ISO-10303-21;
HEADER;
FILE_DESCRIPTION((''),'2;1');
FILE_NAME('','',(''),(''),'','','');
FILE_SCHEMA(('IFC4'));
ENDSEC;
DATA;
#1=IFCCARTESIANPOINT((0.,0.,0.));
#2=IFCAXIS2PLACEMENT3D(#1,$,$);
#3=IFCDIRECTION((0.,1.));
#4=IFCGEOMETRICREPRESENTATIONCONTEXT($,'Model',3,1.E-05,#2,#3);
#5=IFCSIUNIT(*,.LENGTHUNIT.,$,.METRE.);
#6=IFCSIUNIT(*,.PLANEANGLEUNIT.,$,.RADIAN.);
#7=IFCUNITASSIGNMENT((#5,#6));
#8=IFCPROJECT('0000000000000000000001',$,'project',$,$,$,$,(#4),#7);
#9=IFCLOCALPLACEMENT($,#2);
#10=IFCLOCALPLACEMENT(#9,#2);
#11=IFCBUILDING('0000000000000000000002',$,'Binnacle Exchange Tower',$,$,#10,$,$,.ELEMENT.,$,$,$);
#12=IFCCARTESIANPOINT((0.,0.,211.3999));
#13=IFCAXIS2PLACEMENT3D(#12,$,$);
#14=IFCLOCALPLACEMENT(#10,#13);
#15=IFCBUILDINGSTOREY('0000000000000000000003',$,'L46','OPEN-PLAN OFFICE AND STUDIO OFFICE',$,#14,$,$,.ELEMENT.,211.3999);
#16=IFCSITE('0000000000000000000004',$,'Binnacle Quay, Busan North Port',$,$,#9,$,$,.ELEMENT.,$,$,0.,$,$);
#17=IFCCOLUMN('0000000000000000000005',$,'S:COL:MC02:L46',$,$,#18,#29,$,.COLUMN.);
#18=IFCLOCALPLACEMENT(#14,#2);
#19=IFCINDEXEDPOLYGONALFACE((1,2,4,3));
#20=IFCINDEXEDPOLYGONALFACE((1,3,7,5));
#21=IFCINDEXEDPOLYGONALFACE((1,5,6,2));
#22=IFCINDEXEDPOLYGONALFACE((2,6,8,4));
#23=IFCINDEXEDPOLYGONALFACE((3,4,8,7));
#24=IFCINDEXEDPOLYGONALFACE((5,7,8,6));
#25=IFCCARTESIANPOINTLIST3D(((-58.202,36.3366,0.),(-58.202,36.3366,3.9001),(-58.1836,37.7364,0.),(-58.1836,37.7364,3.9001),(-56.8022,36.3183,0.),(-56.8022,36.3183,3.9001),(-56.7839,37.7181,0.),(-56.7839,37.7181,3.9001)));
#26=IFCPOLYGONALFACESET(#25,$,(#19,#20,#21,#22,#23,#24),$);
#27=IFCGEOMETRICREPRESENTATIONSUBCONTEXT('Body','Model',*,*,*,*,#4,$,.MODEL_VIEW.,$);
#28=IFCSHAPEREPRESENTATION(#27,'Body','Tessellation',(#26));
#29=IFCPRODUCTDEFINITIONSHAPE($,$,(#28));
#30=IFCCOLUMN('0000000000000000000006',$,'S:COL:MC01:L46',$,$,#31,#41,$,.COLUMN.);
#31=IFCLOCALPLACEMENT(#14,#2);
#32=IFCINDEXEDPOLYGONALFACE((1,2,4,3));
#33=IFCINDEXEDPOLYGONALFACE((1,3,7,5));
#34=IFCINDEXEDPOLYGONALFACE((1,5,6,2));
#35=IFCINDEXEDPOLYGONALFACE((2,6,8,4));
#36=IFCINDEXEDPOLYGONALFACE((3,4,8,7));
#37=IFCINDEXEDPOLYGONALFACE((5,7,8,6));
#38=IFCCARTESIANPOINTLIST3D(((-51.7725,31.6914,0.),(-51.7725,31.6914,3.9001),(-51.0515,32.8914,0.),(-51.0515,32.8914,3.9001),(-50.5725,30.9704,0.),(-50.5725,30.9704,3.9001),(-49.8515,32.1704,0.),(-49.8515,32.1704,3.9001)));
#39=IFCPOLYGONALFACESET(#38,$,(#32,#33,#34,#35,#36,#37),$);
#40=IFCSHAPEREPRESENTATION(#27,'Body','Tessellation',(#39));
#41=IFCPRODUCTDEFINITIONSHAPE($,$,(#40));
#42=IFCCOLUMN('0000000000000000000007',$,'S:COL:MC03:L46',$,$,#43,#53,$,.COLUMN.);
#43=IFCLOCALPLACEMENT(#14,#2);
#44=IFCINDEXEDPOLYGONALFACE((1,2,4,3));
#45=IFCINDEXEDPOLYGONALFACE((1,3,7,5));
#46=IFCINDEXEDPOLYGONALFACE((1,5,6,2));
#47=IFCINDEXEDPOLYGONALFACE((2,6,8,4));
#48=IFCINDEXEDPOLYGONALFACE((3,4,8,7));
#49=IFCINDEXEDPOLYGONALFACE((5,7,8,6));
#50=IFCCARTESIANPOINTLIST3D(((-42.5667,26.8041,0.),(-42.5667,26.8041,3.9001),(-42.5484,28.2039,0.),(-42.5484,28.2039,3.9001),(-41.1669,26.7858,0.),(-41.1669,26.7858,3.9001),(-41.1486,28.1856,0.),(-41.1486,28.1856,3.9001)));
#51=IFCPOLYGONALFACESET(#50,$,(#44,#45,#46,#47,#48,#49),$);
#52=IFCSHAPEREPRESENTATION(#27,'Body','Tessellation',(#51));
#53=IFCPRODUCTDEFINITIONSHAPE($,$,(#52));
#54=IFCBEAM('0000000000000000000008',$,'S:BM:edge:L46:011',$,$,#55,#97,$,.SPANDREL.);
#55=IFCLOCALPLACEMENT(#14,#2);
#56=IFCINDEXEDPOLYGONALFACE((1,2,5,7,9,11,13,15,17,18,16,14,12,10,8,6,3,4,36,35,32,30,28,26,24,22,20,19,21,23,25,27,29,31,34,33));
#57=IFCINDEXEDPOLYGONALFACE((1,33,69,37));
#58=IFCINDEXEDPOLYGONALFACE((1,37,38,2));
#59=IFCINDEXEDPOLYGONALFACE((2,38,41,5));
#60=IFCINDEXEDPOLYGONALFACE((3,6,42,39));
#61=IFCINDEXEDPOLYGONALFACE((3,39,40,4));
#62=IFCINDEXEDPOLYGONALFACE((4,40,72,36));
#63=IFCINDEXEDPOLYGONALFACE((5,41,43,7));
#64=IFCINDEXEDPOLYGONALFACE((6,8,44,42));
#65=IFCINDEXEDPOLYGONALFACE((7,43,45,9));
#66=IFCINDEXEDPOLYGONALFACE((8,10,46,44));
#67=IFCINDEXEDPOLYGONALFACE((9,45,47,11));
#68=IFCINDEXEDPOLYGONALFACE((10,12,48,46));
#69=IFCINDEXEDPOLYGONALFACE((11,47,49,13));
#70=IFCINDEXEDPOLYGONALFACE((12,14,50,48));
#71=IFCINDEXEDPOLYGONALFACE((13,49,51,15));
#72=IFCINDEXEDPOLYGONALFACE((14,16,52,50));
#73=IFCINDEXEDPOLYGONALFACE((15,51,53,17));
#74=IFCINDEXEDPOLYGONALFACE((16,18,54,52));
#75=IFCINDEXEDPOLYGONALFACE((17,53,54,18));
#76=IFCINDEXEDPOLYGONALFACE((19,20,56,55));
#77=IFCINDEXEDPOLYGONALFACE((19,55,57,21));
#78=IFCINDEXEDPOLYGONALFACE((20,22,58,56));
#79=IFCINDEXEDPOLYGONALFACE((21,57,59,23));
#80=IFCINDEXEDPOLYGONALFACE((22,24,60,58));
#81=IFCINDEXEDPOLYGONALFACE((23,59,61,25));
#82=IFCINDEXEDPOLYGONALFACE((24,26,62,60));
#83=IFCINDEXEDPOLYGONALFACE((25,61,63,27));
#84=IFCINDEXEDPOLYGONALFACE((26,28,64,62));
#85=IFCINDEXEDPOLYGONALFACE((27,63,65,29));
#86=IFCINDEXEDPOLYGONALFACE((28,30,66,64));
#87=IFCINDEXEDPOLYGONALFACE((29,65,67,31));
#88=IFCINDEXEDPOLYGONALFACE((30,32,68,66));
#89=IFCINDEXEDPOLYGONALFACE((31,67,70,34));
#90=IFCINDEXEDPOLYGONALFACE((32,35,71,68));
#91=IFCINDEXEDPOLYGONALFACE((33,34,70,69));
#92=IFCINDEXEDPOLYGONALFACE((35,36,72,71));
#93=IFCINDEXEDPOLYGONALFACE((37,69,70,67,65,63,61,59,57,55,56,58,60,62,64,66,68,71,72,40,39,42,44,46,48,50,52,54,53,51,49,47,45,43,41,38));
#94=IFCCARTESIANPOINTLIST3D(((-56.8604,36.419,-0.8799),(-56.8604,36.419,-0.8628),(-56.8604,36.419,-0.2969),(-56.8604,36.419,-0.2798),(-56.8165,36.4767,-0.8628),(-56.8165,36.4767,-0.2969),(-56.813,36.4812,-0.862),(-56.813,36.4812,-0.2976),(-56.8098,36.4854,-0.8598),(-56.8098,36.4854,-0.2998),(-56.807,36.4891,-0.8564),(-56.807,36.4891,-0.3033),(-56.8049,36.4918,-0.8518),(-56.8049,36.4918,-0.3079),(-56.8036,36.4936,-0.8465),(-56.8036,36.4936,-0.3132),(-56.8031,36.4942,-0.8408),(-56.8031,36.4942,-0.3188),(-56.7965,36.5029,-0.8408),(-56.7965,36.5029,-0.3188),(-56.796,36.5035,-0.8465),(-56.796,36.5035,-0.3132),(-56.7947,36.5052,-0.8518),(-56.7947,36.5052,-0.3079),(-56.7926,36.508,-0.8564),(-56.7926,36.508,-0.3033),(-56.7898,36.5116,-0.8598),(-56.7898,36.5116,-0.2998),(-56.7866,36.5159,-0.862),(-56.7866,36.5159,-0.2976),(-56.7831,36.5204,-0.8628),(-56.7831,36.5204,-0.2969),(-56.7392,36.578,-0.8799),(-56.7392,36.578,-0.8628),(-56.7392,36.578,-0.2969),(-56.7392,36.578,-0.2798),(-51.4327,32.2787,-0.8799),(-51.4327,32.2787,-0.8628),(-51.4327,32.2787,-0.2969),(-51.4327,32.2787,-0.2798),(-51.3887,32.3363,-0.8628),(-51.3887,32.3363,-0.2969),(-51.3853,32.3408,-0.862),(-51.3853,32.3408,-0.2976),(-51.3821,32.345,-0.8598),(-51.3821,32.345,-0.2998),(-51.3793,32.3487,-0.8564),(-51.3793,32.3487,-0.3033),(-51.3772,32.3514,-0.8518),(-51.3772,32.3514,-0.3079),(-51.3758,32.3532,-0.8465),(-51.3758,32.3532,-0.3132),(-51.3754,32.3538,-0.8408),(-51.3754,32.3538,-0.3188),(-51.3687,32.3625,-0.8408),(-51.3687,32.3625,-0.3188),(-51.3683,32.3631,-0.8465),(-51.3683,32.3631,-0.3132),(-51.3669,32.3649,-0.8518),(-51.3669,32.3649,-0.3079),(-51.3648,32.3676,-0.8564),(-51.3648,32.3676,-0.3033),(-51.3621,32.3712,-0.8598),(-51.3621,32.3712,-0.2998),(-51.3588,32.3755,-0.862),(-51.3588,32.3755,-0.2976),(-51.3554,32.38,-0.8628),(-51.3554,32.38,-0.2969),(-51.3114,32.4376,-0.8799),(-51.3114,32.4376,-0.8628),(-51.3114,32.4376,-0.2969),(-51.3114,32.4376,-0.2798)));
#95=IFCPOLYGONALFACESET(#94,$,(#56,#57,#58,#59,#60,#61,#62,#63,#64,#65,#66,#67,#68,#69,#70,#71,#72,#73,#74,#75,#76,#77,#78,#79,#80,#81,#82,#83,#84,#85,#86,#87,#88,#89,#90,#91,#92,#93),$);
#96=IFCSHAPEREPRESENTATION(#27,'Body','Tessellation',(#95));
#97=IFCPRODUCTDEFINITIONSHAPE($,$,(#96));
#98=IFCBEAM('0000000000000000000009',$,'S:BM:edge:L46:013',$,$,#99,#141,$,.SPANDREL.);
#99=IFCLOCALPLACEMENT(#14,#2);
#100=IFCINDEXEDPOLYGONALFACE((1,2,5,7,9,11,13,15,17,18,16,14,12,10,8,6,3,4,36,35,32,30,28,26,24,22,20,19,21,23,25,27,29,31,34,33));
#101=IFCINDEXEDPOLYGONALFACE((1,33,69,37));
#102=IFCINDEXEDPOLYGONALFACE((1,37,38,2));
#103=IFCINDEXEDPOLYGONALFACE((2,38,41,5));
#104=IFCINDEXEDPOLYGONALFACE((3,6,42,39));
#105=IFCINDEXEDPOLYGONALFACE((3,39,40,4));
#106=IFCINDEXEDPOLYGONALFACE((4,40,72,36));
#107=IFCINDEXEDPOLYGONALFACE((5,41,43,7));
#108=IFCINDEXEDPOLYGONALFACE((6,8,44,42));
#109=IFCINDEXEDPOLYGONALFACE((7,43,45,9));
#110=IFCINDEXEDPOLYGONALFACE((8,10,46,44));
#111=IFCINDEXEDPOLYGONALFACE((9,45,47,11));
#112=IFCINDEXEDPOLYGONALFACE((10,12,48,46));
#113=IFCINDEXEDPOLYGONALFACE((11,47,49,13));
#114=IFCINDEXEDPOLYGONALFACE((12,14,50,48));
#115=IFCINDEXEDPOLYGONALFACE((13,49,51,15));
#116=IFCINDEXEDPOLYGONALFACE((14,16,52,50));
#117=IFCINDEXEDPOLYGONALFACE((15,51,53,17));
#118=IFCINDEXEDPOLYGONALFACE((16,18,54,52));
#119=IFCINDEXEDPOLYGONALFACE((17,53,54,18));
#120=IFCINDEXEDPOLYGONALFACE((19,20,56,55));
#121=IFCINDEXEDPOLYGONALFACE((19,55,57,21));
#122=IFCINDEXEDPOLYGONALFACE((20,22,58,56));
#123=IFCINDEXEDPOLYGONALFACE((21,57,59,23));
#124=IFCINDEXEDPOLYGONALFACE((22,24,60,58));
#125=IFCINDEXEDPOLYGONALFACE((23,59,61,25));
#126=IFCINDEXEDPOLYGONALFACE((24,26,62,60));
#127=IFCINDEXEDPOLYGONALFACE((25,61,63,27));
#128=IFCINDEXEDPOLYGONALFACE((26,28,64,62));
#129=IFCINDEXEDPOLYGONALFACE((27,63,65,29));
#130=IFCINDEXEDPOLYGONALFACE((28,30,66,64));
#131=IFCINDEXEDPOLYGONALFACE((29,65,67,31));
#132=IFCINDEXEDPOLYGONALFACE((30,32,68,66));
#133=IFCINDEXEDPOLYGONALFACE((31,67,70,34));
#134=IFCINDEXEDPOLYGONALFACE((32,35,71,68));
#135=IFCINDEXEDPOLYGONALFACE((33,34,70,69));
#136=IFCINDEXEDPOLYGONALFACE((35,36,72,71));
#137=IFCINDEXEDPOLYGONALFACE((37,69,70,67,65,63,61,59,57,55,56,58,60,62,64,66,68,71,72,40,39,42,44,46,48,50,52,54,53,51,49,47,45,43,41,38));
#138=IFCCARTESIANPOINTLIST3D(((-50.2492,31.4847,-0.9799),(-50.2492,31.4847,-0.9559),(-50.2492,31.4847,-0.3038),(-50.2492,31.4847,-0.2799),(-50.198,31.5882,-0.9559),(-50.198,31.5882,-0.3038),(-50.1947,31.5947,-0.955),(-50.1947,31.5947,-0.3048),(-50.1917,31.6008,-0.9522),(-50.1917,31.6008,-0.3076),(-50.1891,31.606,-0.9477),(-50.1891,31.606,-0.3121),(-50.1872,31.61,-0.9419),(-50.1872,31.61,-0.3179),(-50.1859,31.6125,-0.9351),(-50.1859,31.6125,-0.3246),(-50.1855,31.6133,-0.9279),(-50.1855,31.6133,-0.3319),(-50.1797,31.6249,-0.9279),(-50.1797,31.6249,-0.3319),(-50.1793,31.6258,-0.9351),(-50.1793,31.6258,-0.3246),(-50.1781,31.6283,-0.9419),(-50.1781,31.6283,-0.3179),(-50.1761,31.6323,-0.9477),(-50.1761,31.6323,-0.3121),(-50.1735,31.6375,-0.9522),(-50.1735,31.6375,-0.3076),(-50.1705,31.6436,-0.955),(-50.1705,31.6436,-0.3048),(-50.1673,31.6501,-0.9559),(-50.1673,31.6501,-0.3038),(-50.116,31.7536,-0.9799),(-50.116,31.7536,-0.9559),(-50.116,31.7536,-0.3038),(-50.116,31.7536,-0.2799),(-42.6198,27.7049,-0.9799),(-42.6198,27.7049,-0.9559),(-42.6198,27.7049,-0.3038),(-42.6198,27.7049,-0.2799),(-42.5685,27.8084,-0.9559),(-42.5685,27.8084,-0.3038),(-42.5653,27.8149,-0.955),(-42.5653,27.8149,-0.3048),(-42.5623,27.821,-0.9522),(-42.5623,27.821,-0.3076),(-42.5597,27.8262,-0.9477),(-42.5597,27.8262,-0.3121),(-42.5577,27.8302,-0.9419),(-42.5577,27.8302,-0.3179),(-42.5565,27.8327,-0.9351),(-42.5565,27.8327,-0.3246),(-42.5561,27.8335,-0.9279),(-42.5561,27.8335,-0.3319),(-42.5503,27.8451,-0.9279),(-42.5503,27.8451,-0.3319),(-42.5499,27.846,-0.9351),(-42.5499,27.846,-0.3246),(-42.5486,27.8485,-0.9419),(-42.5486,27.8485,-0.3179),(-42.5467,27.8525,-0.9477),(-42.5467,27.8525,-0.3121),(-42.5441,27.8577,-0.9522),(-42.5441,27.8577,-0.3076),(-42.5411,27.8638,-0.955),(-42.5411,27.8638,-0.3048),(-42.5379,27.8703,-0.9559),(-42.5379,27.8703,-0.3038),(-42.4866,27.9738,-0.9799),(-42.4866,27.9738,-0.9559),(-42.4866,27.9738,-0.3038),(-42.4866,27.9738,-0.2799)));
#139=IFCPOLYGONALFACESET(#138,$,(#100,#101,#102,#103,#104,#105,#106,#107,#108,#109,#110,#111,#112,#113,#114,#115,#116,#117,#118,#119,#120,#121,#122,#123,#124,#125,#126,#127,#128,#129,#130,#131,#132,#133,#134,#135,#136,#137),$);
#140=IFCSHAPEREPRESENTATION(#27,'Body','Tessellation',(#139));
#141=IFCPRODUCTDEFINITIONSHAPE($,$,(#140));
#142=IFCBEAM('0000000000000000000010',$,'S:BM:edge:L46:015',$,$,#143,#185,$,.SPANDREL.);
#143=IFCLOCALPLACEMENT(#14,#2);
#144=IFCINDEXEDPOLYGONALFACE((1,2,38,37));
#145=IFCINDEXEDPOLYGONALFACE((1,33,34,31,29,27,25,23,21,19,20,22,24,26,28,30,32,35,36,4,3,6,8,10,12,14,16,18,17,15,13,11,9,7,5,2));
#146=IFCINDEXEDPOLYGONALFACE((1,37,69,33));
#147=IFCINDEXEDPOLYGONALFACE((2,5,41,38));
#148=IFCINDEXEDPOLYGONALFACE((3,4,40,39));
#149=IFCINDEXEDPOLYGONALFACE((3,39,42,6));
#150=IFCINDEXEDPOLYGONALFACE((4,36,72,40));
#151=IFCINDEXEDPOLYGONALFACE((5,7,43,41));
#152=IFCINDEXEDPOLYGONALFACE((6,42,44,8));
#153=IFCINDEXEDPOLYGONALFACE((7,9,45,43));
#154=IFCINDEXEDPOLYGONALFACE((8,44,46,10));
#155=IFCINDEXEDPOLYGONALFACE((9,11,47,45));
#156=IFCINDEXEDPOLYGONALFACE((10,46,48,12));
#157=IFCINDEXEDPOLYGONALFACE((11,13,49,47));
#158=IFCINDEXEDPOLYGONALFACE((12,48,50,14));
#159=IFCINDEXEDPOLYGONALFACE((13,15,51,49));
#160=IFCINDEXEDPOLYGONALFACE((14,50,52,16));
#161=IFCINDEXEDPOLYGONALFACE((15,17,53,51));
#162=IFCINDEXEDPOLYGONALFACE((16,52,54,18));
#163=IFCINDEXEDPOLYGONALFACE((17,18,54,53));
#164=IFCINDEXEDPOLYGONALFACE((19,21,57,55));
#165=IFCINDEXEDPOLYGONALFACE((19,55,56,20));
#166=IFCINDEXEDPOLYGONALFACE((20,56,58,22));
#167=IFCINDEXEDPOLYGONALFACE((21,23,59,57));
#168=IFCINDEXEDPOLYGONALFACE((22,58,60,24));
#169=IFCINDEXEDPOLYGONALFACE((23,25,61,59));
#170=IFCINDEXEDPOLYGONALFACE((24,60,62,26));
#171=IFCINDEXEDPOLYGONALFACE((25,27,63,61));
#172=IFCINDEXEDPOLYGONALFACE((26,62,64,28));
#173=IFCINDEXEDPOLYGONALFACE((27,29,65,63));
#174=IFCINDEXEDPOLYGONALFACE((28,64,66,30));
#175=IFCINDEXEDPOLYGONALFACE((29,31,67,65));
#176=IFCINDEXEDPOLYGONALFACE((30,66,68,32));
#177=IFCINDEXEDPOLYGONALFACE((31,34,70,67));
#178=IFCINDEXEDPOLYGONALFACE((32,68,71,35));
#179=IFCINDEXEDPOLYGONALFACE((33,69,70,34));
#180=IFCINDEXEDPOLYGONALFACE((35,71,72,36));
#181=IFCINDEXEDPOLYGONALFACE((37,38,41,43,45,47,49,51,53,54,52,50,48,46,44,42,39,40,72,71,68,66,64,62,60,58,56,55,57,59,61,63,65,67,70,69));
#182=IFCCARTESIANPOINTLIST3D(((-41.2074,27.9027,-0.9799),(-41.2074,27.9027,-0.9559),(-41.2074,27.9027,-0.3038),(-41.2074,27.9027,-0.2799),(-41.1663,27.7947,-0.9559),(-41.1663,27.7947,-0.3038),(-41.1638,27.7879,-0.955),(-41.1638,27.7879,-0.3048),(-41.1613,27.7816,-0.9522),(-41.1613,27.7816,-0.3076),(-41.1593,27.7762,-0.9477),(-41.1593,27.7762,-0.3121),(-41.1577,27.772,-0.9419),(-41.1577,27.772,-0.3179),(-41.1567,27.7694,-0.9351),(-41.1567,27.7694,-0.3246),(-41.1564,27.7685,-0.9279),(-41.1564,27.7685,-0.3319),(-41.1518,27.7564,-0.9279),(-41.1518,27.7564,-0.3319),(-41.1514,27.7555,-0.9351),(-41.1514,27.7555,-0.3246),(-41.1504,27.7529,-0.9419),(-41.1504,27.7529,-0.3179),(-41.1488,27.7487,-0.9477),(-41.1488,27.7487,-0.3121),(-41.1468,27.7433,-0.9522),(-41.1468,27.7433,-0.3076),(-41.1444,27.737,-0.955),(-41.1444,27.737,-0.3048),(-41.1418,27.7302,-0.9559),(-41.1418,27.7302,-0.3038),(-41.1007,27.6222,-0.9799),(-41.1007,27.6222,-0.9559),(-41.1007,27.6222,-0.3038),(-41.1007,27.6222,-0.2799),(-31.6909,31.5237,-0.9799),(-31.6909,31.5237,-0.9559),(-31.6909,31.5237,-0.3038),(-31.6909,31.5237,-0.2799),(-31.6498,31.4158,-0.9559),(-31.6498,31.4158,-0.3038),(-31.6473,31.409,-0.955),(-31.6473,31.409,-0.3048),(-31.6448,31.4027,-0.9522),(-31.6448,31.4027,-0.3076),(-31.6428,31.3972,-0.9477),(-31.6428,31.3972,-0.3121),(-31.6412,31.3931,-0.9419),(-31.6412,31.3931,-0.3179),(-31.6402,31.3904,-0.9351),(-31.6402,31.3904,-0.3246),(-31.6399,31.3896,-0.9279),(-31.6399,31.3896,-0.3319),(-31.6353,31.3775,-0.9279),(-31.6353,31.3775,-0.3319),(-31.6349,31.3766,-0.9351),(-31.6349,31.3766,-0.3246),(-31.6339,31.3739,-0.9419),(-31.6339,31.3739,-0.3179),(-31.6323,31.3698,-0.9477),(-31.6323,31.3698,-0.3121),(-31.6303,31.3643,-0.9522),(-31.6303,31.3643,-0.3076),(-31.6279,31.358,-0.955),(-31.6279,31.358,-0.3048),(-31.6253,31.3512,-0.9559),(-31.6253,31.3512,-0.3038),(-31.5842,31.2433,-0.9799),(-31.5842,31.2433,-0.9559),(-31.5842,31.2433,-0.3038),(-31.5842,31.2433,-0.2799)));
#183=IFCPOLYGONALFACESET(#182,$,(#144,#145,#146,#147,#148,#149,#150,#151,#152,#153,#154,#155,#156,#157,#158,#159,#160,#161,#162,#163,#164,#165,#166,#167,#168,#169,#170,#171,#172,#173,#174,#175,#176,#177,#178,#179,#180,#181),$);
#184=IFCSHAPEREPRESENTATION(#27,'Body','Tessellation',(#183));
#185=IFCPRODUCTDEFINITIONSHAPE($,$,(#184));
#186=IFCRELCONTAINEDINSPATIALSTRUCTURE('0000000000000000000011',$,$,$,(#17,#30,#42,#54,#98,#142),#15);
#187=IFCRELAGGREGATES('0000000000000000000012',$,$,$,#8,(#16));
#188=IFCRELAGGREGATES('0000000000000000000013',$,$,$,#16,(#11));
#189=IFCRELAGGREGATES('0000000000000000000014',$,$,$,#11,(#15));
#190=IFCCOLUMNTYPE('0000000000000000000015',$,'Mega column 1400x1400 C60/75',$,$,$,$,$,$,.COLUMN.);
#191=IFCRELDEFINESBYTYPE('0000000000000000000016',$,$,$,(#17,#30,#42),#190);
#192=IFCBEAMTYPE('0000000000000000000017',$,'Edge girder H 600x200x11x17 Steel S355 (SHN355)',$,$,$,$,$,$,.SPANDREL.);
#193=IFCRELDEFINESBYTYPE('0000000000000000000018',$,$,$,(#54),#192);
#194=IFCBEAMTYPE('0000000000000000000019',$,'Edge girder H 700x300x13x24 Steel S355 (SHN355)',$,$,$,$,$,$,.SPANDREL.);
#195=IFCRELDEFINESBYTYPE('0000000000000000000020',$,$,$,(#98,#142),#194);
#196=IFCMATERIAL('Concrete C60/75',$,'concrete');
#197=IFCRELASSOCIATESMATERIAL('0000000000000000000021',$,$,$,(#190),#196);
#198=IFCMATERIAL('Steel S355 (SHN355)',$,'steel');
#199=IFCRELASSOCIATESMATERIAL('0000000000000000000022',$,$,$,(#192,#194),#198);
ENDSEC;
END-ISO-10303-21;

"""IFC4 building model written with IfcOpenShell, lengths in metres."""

from ifc_helpers import new_model, si_unit, direction, frame, origin, origin_2d, place, context, subcontext, project, spatial, rectangle, i_section, extrude, material, material_profile, profile_set, type_object, element, save


model = new_model("IFC4")

# Units and contexts
model_context = context("Model", 3, precision=1e-05, world=origin(), true_north=direction((0.0, 1.0)))
body_context = subcontext(model_context, "Body", "Model", "MODEL_VIEW")
ifc_project = project(units=[si_unit("LENGTHUNIT", "METRE"), si_unit("PLANEANGLEUNIT", "RADIAN")], contexts=[model_context])

# Site, building, storey
site_placement = place(None, origin())
site = spatial("IfcSite", under=ifc_project, at=site_placement, Name="Binnacle Quay, Busan North Port", CompositionType="ELEMENT", RefElevation=0.0)
building_placement = place(site_placement, origin())
building = spatial("IfcBuilding", under=site, at=building_placement, Name="Binnacle Exchange Tower", CompositionType="ELEMENT")
storey_placement = place(building_placement, frame((0.0, 0.0, 211.3999)))
storey = spatial("IfcBuildingStorey", under=building, at=storey_placement, Name="L46", Description="OPEN-PLAN OFFICE AND STUDIO OFFICE", CompositionType="ELEMENT", Elevation=211.3999)

# Columns
ifc_material_1 = material(Name="Concrete C60/75", Category="concrete")
ifc_material_profile_1 = material_profile(ifc_material_1, rectangle(XDim=1.3999, YDim=1.3999, at=origin_2d()), Name="Mega column 1400x1400 C60/75")
ifc_profile_set_1 = profile_set([ifc_material_profile_1], Name="Concrete C60/75")
column_type = type_object("IfcColumnType", Name="Mega column 1400x1400 C60/75", PredefinedType="COLUMN", material=ifc_profile_set_1)
for number, where, z_axis, x_axis, name in (
    (1, (-57.4929, 37.0273, 0.0), (0.0, 0.0, 1.0), (-0.01309, -0.999914, 0.0), "S:COL:MC02:L46"),
    (2, (-50.812, 31.9309, 0.0), (0.0, 0.0, 1.0), (0.857167, -0.515038, 0.0), "S:COL:MC01:L46"),
    (3, (-41.8577, 27.4949, 0.0), (0.0, 0.0, 1.0), (0.999914, -0.01309, 0.0), "S:COL:MC03:L46"),
):
    element("IfcColumn", number, at=place(storey_placement, frame(where, z_axis=z_axis, x_axis=x_axis)), inside=storey, type_object=column_type, Name=name, PredefinedType="COLUMN", context=body_context, shape_type="SweptSolid", body=[
        extrude(rectangle(XDim=1.3999, YDim=1.3999, at=origin_2d()), origin(), (0.0, 0.0, 1.0), 3.9001),
    ])

# Beams
ifc_material_2 = material(Name="Steel S355 (SHN355)", Category="steel")
ifc_material_profile_2 = material_profile(ifc_material_2, i_section(OverallWidth=0.2, OverallDepth=0.6001, WebThickness=0.011, FlangeThickness=0.0171, FilletRadius=0.022, at=origin_2d()), Name="H 600x200x11x17")
ifc_profile_set_2 = profile_set([ifc_material_profile_2], Name="Steel S355 (SHN355)")
beam_type_1 = type_object("IfcBeamType", Name="Edge girder H 600x200x11x17 Steel S355 (SHN355)", PredefinedType="SPANDREL", material=ifc_profile_set_2)
beam_1_placement = place(storey_placement, frame((-56.7998, 36.4985, -0.5798), z_axis=(0.795081, -0.606503, 0.0), x_axis=(0.606503, 0.795081, 0.0)))
element("IfcBeam", 4, at=beam_1_placement, inside=storey, type_object=beam_type_1, Name="S:BM:edge:L46:011", PredefinedType="SPANDREL", context=body_context, shape_type="SweptSolid", body=[
    extrude(i_section(OverallWidth=0.2, OverallDepth=0.6001, WebThickness=0.011, FlangeThickness=0.0171, FilletRadius=0.022, at=origin_2d()), origin(), (0.0, 0.0, 1.0), 6.8267),
])
ifc_material_profile_3 = material_profile(ifc_material_2, i_section(OverallWidth=0.3, OverallDepth=0.7, WebThickness=0.0129, FlangeThickness=0.0239, FilletRadius=0.0281, at=origin_2d()), Name="H 700x300x13x24")
ifc_profile_set_3 = profile_set([ifc_material_profile_3], Name="Steel S355 (SHN355)")
beam_type_2 = type_object("IfcBeamType", Name="Edge girder H 700x300x13x24 Steel S355 (SHN355)", PredefinedType="SPANDREL", material=ifc_profile_set_3)
beam_2_placement = place(storey_placement, frame((-50.1826, 31.6191, -0.6299), z_axis=(0.896061, -0.44393, 0.0), x_axis=(0.44393, 0.896061, 0.0)))
element("IfcBeam", 5, at=beam_2_placement, inside=storey, type_object=beam_type_2, Name="S:BM:edge:L46:013", PredefinedType="SPANDREL", context=body_context, shape_type="SweptSolid", body=[
    extrude(i_section(OverallWidth=0.3, OverallDepth=0.7, WebThickness=0.0129, FlangeThickness=0.0239, FilletRadius=0.0281, at=origin_2d()), origin(), (0.0, 0.0, 1.0), 8.5144),
])
beam_3_placement = place(storey_placement, frame((-41.1541, 27.7625, -0.6299), z_axis=(0.934627, 0.355628, 0.0), x_axis=(-0.355628, 0.934627, 0.0)))
element("IfcBeam", 6, at=beam_3_placement, inside=storey, type_object=beam_type_2, Name="S:BM:edge:L46:015", PredefinedType="SPANDREL", context=body_context, shape_type="SweptSolid", body=[
    extrude(i_section(OverallWidth=0.3, OverallDepth=0.7, WebThickness=0.0129, FlangeThickness=0.0239, FilletRadius=0.0281, at=origin_2d()), origin(), (0.0, 0.0, 1.0), 10.1821),
])

save(model, "model.ifc")
